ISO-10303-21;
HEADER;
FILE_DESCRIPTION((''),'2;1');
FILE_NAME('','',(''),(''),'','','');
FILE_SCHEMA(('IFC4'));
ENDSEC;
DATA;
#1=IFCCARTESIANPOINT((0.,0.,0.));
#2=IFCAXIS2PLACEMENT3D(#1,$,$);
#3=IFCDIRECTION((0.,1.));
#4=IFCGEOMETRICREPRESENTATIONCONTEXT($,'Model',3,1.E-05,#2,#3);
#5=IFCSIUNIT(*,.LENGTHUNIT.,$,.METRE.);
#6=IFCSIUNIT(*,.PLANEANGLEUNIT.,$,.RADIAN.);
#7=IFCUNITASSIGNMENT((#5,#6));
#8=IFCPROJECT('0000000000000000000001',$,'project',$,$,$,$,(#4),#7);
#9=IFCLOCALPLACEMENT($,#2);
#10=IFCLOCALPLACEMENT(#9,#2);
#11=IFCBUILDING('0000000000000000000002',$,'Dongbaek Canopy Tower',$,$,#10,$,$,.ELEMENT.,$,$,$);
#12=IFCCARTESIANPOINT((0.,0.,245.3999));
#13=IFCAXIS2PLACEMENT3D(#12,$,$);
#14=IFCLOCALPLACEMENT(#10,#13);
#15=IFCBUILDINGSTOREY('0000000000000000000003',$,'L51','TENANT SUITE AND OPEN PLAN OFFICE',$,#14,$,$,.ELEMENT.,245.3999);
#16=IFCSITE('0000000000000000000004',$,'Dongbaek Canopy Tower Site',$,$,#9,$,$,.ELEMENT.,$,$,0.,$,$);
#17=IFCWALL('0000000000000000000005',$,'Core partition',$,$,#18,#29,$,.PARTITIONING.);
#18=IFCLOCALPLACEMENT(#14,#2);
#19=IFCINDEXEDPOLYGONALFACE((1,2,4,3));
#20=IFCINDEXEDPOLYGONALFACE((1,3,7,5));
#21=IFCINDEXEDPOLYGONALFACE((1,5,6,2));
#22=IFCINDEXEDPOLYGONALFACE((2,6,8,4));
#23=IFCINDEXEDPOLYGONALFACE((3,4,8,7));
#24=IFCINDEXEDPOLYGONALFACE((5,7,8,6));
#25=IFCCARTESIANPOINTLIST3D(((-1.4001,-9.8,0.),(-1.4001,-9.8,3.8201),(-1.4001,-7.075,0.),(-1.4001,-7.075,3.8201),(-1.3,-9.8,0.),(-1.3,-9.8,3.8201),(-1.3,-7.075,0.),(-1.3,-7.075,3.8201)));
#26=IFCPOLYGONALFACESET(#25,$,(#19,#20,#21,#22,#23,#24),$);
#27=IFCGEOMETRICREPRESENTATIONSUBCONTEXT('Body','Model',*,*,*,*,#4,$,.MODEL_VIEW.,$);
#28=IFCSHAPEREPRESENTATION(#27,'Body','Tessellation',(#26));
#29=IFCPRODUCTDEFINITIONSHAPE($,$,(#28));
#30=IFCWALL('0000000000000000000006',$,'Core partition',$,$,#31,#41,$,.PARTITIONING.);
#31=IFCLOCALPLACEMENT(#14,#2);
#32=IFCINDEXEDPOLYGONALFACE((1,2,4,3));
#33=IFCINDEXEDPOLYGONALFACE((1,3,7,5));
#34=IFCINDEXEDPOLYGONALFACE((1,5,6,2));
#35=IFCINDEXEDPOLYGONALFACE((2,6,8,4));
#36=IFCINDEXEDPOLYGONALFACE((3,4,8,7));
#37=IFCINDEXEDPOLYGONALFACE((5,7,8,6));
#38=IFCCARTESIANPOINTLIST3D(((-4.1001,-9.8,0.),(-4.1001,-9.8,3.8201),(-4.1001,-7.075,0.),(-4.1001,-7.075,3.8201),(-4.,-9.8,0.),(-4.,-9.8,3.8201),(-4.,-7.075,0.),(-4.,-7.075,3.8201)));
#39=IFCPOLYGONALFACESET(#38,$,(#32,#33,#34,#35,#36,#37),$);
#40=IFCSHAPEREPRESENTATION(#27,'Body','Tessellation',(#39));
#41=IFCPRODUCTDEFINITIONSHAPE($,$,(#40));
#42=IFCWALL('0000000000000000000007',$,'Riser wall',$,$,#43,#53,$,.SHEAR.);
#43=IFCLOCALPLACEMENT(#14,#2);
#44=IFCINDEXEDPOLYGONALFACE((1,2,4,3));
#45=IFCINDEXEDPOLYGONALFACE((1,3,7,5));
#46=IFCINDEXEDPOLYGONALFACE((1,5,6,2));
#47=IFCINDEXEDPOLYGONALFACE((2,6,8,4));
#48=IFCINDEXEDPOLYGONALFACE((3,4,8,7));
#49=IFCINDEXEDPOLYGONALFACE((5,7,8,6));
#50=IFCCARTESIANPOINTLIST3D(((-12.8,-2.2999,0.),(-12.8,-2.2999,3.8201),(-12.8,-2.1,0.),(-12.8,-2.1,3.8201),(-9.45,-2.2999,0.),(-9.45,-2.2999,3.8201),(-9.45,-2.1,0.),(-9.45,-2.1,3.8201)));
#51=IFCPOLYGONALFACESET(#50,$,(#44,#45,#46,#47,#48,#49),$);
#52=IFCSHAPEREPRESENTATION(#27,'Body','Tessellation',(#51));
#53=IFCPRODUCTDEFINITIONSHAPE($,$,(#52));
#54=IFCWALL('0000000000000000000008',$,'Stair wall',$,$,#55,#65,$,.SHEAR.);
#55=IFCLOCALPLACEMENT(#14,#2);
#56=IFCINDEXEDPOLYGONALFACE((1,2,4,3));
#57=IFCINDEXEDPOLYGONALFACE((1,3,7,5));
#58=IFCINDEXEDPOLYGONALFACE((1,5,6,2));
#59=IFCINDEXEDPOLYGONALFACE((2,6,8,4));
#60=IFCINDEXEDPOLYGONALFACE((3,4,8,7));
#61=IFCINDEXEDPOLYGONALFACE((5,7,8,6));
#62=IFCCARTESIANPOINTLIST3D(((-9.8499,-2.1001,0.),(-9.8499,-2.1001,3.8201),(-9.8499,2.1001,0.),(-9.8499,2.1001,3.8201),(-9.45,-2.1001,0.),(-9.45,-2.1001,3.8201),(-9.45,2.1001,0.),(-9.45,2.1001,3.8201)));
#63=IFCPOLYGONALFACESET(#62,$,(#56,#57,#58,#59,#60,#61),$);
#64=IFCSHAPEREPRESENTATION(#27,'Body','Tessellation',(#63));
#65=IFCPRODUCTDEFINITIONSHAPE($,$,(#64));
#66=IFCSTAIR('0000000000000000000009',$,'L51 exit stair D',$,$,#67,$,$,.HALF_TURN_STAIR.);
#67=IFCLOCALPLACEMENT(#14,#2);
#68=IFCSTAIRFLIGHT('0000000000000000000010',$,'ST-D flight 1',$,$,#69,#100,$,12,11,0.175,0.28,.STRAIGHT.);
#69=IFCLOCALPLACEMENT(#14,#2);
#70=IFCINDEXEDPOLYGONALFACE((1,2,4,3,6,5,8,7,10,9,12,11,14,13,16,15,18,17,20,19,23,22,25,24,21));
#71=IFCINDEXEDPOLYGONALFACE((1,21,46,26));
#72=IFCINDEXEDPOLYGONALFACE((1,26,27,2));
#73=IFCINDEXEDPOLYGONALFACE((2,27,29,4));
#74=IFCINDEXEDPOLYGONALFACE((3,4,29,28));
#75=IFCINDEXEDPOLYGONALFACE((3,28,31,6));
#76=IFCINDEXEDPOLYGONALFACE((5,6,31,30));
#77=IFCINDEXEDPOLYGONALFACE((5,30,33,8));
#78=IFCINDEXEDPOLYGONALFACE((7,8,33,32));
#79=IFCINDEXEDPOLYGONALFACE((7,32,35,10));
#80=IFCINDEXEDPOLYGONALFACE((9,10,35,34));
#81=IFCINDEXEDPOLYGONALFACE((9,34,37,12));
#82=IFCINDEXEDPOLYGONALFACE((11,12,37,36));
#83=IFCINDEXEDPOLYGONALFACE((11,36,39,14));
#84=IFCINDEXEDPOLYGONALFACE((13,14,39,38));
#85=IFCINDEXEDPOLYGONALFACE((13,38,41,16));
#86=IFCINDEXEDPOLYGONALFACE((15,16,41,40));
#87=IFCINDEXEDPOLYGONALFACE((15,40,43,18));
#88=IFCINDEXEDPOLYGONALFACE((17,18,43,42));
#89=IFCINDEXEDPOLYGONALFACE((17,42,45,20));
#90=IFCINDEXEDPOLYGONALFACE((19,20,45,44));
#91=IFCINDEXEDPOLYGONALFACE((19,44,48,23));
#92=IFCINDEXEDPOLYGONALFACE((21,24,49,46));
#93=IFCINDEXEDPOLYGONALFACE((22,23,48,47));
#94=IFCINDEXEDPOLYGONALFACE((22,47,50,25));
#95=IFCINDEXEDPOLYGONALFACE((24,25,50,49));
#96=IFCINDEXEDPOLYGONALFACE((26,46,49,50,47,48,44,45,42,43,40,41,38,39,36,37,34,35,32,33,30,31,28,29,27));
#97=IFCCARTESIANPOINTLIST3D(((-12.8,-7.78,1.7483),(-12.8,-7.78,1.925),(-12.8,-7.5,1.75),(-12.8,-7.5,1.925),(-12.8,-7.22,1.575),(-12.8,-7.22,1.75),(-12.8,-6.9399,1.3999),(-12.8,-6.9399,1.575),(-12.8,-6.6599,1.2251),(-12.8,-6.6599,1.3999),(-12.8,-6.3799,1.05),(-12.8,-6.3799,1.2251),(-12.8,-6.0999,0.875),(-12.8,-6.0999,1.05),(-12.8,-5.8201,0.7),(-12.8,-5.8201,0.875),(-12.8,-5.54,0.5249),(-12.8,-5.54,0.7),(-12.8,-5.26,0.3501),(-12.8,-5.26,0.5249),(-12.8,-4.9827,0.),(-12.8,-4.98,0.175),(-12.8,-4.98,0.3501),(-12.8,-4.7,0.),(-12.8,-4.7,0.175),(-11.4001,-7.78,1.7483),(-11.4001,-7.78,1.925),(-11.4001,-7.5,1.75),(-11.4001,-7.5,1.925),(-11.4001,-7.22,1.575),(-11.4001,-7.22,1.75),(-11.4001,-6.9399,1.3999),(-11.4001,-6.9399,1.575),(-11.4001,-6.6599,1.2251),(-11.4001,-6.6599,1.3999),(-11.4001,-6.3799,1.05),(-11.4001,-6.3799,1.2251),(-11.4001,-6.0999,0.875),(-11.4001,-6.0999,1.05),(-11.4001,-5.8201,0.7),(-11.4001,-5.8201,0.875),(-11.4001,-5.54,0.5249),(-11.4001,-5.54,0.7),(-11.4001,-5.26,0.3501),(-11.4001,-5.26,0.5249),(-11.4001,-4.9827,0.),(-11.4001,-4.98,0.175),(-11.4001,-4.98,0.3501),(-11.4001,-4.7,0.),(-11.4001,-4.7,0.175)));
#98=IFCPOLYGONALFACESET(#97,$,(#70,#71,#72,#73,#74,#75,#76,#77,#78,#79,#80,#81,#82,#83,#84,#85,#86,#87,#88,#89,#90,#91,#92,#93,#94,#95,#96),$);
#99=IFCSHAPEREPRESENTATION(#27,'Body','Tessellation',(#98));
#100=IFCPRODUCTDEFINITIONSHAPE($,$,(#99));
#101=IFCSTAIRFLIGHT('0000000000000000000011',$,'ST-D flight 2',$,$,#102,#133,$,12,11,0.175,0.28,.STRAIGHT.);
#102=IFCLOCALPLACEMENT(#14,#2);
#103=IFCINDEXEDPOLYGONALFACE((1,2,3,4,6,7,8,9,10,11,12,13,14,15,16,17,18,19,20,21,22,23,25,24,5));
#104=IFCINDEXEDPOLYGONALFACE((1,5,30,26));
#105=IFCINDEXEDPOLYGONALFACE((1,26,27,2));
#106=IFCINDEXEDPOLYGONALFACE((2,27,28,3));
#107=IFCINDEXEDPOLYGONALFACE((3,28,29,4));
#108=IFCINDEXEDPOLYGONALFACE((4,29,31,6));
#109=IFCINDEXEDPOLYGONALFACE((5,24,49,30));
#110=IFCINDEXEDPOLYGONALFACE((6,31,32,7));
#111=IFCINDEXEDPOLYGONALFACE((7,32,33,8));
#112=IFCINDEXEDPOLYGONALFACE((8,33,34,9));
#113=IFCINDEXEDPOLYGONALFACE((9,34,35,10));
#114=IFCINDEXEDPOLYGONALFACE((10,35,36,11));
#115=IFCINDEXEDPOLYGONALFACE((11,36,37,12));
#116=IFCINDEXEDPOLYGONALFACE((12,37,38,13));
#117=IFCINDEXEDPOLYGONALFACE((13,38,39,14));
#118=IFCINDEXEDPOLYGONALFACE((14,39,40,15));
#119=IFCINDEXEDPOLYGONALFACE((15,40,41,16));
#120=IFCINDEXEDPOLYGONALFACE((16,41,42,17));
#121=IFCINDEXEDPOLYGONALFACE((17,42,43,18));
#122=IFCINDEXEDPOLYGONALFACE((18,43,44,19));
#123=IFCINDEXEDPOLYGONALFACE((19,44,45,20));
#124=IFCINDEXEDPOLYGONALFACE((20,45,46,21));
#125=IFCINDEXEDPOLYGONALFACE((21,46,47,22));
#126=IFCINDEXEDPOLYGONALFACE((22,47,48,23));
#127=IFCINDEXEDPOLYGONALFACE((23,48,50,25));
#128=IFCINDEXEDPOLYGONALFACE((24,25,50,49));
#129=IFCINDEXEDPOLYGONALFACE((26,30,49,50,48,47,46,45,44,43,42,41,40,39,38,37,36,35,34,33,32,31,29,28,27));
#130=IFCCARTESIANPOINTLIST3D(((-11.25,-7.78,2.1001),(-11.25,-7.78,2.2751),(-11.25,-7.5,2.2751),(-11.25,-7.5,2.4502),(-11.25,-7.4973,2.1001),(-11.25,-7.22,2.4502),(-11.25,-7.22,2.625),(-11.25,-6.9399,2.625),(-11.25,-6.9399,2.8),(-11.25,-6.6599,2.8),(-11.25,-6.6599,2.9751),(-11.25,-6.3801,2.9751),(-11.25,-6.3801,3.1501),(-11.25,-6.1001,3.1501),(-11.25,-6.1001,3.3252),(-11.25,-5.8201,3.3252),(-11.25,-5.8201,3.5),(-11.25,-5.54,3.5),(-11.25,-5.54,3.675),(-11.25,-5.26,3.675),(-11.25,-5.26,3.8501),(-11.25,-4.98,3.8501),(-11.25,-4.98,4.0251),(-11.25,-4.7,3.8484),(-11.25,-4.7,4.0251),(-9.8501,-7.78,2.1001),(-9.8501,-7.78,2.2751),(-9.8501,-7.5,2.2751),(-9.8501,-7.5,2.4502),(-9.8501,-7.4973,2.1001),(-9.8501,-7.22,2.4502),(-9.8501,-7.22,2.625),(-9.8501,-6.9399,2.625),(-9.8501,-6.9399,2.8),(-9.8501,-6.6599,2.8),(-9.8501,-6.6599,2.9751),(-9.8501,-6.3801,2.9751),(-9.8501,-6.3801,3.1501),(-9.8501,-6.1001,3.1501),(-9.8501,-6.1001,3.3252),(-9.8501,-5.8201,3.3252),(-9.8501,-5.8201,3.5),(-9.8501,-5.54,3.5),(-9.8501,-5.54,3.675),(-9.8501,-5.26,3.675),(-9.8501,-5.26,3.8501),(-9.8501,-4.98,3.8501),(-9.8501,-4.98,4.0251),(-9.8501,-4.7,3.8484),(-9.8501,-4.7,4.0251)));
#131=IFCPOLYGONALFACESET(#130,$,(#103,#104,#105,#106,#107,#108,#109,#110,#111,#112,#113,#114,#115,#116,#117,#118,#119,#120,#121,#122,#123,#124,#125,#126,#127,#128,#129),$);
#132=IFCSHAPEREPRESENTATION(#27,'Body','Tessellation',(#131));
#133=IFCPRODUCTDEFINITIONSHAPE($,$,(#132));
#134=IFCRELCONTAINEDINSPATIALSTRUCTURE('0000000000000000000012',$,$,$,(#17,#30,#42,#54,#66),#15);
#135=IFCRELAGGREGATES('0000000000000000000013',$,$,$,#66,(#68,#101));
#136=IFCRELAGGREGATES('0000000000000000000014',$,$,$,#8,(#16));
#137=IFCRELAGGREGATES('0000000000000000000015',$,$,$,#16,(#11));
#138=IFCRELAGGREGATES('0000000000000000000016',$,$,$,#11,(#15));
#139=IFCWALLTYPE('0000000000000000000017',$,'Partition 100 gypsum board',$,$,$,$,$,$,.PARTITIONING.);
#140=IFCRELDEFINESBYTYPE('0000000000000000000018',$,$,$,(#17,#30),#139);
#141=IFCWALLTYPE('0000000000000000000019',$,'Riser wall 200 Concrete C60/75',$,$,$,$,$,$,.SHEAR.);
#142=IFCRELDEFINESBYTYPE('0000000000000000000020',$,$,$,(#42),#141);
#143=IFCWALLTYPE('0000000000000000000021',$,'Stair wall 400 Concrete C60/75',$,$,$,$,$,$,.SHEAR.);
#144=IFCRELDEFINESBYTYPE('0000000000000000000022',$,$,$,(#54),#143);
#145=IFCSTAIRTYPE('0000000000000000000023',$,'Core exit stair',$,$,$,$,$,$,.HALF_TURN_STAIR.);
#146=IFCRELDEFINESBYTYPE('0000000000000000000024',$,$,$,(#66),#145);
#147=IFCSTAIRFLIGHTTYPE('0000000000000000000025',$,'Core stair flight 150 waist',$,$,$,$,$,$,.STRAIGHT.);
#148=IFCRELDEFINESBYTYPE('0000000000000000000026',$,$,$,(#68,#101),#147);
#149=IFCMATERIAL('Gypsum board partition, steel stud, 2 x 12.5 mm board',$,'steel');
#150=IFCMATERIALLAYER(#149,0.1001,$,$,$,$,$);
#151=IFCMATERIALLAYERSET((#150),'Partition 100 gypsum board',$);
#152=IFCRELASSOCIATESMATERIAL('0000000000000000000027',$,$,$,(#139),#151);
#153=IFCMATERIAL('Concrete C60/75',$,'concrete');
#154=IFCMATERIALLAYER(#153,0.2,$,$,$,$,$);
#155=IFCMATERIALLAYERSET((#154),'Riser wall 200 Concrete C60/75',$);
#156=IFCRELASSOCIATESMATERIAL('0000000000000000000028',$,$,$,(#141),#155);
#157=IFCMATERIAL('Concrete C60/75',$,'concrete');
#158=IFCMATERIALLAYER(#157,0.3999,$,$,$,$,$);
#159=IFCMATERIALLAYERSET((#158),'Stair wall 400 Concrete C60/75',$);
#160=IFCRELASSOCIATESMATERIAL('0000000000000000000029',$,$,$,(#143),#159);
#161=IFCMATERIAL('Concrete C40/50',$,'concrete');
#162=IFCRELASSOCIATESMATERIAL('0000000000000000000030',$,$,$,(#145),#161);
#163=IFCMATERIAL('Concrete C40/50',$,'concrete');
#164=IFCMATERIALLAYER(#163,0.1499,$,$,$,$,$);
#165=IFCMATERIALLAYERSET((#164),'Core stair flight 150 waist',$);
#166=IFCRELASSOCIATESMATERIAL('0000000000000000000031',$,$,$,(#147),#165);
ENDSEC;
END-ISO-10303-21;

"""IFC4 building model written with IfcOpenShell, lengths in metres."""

from ifc_helpers import new_model, si_unit, direction, frame, frame_2d, origin, place, context, subcontext, project, spatial, polyline, rectangle, outline, extrude, material, layer, layer_set, type_object, element, aggregate, save


model = new_model("IFC4")

# Units and contexts
model_context = context("Model", 3, precision=1e-05, world=origin(), true_north=direction((0.0, 1.0)))
body_context = subcontext(model_context, "Body", "Model", "MODEL_VIEW")
ifc_project = project(units=[si_unit("LENGTHUNIT", "METRE"), si_unit("PLANEANGLEUNIT", "RADIAN")], contexts=[model_context])

# Site, building, storey
site_placement = place(None, origin())
site = spatial("IfcSite", under=ifc_project, at=site_placement, Name="Dongbaek Canopy Tower Site", CompositionType="ELEMENT", RefElevation=0.0)
building_placement = place(site_placement, origin())
building = spatial("IfcBuilding", under=site, at=building_placement, Name="Dongbaek Canopy Tower", CompositionType="ELEMENT")
storey_placement = place(building_placement, frame((0.0, 0.0, 245.3999)))
storey = spatial("IfcBuildingStorey", under=building, at=storey_placement, Name="L51", Description="TENANT SUITE AND OPEN PLAN OFFICE", CompositionType="ELEMENT", Elevation=245.3999)

# Walls
ifc_material_1 = material(Name="Gypsum board partition, steel stud, 2 x 12.5 mm board", Category="steel")
ifc_layer_1 = layer(ifc_material_1, 0.1001)
ifc_layer_set_1 = layer_set([ifc_layer_1], Name="Partition 100 gypsum board")
wall_type_1 = type_object("IfcWallType", Name="Partition 100 gypsum board", PredefinedType="PARTITIONING", material=ifc_layer_set_1)
for number, where, z_axis, x_axis, name in (
    (1, (-1.3501, -9.8, 0.0), (0.0, 0.0, 1.0), (0.0, 1.0, 0.0), "Core partition"),
    (2, (-4.05, -9.8, 0.0), (0.0, 0.0, 1.0), (0.0, 1.0, 0.0), "Core partition"),
):
    element("IfcWall", number, at=place(storey_placement, frame(where, z_axis=z_axis, x_axis=x_axis)), inside=storey, type_object=wall_type_1, Name=name, PredefinedType="PARTITIONING", context=body_context, shape_type="SweptSolid", body=[
        extrude(rectangle(XDim=2.7251, YDim=0.1001, at=frame_2d((1.3625, 0.0))), origin(), (0.0, 0.0, 1.0), 3.8201),
    ])
ifc_material_2 = material(Name="Concrete C60/75", Category="concrete")
ifc_layer_2 = layer(ifc_material_2, 0.2)
ifc_layer_set_2 = layer_set([ifc_layer_2], Name="Riser wall 200 Concrete C60/75")
wall_type_2 = type_object("IfcWallType", Name="Riser wall 200 Concrete C60/75", PredefinedType="SHEAR", material=ifc_layer_set_2)
wall_1_placement = place(storey_placement, frame((-9.45, -2.2, 0.0), z_axis=(0.0, 0.0, 1.0), x_axis=(-1.0, 0.0, 0.0)))
element("IfcWall", 3, at=wall_1_placement, inside=storey, type_object=wall_type_2, Name="Riser wall", PredefinedType="SHEAR", context=body_context, shape_type="SweptSolid", body=[
    extrude(rectangle(XDim=3.3501, YDim=0.2, at=frame_2d((1.675, 0.0))), origin(), (0.0, 0.0, 1.0), 3.8201),
])
ifc_material_3 = material(Name="Concrete C60/75", Category="concrete")
ifc_layer_3 = layer(ifc_material_3, 0.3999)
ifc_layer_set_3 = layer_set([ifc_layer_3], Name="Stair wall 400 Concrete C60/75")
wall_type_3 = type_object("IfcWallType", Name="Stair wall 400 Concrete C60/75", PredefinedType="SHEAR", material=ifc_layer_set_3)
wall_2_placement = place(storey_placement, frame((-9.6499, -2.1001, 0.0), z_axis=(0.0, 0.0, 1.0), x_axis=(0.0, 1.0, 0.0)))
element("IfcWall", 4, at=wall_2_placement, inside=storey, type_object=wall_type_3, Name="Stair wall", PredefinedType="SHEAR", context=body_context, shape_type="SweptSolid", body=[
    extrude(rectangle(XDim=4.2002, YDim=0.3999, at=frame_2d((2.1001, 0.0))), origin(), (0.0, 0.0, 1.0), 3.8201),
])

# Stair, stair flights
ifc_material_4 = material(Name="Concrete C40/50", Category="concrete")
stair_type = type_object("IfcStairType", Name="Core exit stair", PredefinedType="HALF_TURN_STAIR", material=ifc_material_4)
stair_placement = place(storey_placement, origin())
stair = element("IfcStair", 5, at=stair_placement, inside=storey, type_object=stair_type, Name="L51 exit stair D", PredefinedType="HALF_TURN_STAIR")
ifc_material_5 = material(Name="Concrete C40/50", Category="concrete")
ifc_layer_4 = layer(ifc_material_5, 0.1499)
ifc_layer_set_4 = layer_set([ifc_layer_4], Name="Core stair flight 150 waist")
stair_flight_type = type_object("IfcStairFlightType", Name="Core stair flight 150 waist", PredefinedType="STRAIGHT", material=ifc_layer_set_4)
stair_flight_1_placement = place(storey_placement, frame((-12.1001, -4.7, 0.0), z_axis=(0.0, 0.0, 1.0), x_axis=(0.0, -1.0, 0.0)))
stair_flight_1 = element("IfcStairFlight", 6, at=stair_flight_1_placement, type_object=stair_flight_type, Name="ST-D flight 1", NumberOfRisers=12, NumberOfTreads=11, PredefinedType="STRAIGHT", RiserHeight=0.175, TreadLength=0.28, context=body_context, shape_type="SweptSolid", body=[
    extrude(outline(polyline([(0.0, 0.0), (0.0, 0.175), (0.28, 0.175), (0.28, 0.3501), (0.5601, 0.3501), (0.5601, 0.5249), (0.8401, 0.5249), (0.8401, 0.7), (1.1201, 0.7), (1.1201, 0.875), (1.3999, 0.875), (1.3999, 1.05), (1.6799, 1.05), (1.6799, 1.2251), (1.96, 1.2251), (1.96, 1.3999), (2.24, 1.3999), (2.24, 1.575), (2.52, 1.575), (2.52, 1.75), (2.8, 1.75), (2.8, 1.925), (3.0801, 1.925), (3.0801, 2.1001), (3.0801, 1.7483), (0.2827, 0.0), (0.0, 0.0)])), frame((0.0, 0.7, 0.0), z_axis=(0.0, -1.0, 0.0), x_axis=(1.0, 0.0, 0.0)), (0.0, 0.0, 1.0), 1.3999),
])
stair_flight_2_placement = place(storey_placement, frame((-10.55, -7.78, 2.1001), z_axis=(0.0, 0.0, 1.0), x_axis=(0.0, 1.0, 0.0)))
stair_flight_2 = element("IfcStairFlight", 7, at=stair_flight_2_placement, type_object=stair_flight_type, Name="ST-D flight 2", NumberOfRisers=12, NumberOfTreads=11, PredefinedType="STRAIGHT", RiserHeight=0.175, TreadLength=0.28, context=body_context, shape_type="SweptSolid", body=[
    extrude(outline(polyline([(0.0, 0.0), (0.0, 0.175), (0.28, 0.175), (0.28, 0.3501), (0.5601, 0.3501), (0.5601, 0.5249), (0.8401, 0.5249), (0.8401, 0.7), (1.1201, 0.7), (1.1201, 0.875), (1.3999, 0.875), (1.3999, 1.05), (1.6799, 1.05), (1.6799, 1.2251), (1.96, 1.2251), (1.96, 1.3999), (2.24, 1.3999), (2.24, 1.575), (2.52, 1.575), (2.52, 1.75), (2.8, 1.75), (2.8, 1.925), (3.0801, 1.925), (3.0801, 2.1001), (3.0801, 1.7483), (0.2827, 0.0), (0.0, 0.0)])), frame((0.0, 0.7, 0.0), z_axis=(0.0, -1.0, 0.0), x_axis=(1.0, 0.0, 0.0)), (0.0, 0.0, 1.0), 1.3999),
])
aggregate(stair, [stair_flight_1, stair_flight_2])

save(model, "model.ifc")
